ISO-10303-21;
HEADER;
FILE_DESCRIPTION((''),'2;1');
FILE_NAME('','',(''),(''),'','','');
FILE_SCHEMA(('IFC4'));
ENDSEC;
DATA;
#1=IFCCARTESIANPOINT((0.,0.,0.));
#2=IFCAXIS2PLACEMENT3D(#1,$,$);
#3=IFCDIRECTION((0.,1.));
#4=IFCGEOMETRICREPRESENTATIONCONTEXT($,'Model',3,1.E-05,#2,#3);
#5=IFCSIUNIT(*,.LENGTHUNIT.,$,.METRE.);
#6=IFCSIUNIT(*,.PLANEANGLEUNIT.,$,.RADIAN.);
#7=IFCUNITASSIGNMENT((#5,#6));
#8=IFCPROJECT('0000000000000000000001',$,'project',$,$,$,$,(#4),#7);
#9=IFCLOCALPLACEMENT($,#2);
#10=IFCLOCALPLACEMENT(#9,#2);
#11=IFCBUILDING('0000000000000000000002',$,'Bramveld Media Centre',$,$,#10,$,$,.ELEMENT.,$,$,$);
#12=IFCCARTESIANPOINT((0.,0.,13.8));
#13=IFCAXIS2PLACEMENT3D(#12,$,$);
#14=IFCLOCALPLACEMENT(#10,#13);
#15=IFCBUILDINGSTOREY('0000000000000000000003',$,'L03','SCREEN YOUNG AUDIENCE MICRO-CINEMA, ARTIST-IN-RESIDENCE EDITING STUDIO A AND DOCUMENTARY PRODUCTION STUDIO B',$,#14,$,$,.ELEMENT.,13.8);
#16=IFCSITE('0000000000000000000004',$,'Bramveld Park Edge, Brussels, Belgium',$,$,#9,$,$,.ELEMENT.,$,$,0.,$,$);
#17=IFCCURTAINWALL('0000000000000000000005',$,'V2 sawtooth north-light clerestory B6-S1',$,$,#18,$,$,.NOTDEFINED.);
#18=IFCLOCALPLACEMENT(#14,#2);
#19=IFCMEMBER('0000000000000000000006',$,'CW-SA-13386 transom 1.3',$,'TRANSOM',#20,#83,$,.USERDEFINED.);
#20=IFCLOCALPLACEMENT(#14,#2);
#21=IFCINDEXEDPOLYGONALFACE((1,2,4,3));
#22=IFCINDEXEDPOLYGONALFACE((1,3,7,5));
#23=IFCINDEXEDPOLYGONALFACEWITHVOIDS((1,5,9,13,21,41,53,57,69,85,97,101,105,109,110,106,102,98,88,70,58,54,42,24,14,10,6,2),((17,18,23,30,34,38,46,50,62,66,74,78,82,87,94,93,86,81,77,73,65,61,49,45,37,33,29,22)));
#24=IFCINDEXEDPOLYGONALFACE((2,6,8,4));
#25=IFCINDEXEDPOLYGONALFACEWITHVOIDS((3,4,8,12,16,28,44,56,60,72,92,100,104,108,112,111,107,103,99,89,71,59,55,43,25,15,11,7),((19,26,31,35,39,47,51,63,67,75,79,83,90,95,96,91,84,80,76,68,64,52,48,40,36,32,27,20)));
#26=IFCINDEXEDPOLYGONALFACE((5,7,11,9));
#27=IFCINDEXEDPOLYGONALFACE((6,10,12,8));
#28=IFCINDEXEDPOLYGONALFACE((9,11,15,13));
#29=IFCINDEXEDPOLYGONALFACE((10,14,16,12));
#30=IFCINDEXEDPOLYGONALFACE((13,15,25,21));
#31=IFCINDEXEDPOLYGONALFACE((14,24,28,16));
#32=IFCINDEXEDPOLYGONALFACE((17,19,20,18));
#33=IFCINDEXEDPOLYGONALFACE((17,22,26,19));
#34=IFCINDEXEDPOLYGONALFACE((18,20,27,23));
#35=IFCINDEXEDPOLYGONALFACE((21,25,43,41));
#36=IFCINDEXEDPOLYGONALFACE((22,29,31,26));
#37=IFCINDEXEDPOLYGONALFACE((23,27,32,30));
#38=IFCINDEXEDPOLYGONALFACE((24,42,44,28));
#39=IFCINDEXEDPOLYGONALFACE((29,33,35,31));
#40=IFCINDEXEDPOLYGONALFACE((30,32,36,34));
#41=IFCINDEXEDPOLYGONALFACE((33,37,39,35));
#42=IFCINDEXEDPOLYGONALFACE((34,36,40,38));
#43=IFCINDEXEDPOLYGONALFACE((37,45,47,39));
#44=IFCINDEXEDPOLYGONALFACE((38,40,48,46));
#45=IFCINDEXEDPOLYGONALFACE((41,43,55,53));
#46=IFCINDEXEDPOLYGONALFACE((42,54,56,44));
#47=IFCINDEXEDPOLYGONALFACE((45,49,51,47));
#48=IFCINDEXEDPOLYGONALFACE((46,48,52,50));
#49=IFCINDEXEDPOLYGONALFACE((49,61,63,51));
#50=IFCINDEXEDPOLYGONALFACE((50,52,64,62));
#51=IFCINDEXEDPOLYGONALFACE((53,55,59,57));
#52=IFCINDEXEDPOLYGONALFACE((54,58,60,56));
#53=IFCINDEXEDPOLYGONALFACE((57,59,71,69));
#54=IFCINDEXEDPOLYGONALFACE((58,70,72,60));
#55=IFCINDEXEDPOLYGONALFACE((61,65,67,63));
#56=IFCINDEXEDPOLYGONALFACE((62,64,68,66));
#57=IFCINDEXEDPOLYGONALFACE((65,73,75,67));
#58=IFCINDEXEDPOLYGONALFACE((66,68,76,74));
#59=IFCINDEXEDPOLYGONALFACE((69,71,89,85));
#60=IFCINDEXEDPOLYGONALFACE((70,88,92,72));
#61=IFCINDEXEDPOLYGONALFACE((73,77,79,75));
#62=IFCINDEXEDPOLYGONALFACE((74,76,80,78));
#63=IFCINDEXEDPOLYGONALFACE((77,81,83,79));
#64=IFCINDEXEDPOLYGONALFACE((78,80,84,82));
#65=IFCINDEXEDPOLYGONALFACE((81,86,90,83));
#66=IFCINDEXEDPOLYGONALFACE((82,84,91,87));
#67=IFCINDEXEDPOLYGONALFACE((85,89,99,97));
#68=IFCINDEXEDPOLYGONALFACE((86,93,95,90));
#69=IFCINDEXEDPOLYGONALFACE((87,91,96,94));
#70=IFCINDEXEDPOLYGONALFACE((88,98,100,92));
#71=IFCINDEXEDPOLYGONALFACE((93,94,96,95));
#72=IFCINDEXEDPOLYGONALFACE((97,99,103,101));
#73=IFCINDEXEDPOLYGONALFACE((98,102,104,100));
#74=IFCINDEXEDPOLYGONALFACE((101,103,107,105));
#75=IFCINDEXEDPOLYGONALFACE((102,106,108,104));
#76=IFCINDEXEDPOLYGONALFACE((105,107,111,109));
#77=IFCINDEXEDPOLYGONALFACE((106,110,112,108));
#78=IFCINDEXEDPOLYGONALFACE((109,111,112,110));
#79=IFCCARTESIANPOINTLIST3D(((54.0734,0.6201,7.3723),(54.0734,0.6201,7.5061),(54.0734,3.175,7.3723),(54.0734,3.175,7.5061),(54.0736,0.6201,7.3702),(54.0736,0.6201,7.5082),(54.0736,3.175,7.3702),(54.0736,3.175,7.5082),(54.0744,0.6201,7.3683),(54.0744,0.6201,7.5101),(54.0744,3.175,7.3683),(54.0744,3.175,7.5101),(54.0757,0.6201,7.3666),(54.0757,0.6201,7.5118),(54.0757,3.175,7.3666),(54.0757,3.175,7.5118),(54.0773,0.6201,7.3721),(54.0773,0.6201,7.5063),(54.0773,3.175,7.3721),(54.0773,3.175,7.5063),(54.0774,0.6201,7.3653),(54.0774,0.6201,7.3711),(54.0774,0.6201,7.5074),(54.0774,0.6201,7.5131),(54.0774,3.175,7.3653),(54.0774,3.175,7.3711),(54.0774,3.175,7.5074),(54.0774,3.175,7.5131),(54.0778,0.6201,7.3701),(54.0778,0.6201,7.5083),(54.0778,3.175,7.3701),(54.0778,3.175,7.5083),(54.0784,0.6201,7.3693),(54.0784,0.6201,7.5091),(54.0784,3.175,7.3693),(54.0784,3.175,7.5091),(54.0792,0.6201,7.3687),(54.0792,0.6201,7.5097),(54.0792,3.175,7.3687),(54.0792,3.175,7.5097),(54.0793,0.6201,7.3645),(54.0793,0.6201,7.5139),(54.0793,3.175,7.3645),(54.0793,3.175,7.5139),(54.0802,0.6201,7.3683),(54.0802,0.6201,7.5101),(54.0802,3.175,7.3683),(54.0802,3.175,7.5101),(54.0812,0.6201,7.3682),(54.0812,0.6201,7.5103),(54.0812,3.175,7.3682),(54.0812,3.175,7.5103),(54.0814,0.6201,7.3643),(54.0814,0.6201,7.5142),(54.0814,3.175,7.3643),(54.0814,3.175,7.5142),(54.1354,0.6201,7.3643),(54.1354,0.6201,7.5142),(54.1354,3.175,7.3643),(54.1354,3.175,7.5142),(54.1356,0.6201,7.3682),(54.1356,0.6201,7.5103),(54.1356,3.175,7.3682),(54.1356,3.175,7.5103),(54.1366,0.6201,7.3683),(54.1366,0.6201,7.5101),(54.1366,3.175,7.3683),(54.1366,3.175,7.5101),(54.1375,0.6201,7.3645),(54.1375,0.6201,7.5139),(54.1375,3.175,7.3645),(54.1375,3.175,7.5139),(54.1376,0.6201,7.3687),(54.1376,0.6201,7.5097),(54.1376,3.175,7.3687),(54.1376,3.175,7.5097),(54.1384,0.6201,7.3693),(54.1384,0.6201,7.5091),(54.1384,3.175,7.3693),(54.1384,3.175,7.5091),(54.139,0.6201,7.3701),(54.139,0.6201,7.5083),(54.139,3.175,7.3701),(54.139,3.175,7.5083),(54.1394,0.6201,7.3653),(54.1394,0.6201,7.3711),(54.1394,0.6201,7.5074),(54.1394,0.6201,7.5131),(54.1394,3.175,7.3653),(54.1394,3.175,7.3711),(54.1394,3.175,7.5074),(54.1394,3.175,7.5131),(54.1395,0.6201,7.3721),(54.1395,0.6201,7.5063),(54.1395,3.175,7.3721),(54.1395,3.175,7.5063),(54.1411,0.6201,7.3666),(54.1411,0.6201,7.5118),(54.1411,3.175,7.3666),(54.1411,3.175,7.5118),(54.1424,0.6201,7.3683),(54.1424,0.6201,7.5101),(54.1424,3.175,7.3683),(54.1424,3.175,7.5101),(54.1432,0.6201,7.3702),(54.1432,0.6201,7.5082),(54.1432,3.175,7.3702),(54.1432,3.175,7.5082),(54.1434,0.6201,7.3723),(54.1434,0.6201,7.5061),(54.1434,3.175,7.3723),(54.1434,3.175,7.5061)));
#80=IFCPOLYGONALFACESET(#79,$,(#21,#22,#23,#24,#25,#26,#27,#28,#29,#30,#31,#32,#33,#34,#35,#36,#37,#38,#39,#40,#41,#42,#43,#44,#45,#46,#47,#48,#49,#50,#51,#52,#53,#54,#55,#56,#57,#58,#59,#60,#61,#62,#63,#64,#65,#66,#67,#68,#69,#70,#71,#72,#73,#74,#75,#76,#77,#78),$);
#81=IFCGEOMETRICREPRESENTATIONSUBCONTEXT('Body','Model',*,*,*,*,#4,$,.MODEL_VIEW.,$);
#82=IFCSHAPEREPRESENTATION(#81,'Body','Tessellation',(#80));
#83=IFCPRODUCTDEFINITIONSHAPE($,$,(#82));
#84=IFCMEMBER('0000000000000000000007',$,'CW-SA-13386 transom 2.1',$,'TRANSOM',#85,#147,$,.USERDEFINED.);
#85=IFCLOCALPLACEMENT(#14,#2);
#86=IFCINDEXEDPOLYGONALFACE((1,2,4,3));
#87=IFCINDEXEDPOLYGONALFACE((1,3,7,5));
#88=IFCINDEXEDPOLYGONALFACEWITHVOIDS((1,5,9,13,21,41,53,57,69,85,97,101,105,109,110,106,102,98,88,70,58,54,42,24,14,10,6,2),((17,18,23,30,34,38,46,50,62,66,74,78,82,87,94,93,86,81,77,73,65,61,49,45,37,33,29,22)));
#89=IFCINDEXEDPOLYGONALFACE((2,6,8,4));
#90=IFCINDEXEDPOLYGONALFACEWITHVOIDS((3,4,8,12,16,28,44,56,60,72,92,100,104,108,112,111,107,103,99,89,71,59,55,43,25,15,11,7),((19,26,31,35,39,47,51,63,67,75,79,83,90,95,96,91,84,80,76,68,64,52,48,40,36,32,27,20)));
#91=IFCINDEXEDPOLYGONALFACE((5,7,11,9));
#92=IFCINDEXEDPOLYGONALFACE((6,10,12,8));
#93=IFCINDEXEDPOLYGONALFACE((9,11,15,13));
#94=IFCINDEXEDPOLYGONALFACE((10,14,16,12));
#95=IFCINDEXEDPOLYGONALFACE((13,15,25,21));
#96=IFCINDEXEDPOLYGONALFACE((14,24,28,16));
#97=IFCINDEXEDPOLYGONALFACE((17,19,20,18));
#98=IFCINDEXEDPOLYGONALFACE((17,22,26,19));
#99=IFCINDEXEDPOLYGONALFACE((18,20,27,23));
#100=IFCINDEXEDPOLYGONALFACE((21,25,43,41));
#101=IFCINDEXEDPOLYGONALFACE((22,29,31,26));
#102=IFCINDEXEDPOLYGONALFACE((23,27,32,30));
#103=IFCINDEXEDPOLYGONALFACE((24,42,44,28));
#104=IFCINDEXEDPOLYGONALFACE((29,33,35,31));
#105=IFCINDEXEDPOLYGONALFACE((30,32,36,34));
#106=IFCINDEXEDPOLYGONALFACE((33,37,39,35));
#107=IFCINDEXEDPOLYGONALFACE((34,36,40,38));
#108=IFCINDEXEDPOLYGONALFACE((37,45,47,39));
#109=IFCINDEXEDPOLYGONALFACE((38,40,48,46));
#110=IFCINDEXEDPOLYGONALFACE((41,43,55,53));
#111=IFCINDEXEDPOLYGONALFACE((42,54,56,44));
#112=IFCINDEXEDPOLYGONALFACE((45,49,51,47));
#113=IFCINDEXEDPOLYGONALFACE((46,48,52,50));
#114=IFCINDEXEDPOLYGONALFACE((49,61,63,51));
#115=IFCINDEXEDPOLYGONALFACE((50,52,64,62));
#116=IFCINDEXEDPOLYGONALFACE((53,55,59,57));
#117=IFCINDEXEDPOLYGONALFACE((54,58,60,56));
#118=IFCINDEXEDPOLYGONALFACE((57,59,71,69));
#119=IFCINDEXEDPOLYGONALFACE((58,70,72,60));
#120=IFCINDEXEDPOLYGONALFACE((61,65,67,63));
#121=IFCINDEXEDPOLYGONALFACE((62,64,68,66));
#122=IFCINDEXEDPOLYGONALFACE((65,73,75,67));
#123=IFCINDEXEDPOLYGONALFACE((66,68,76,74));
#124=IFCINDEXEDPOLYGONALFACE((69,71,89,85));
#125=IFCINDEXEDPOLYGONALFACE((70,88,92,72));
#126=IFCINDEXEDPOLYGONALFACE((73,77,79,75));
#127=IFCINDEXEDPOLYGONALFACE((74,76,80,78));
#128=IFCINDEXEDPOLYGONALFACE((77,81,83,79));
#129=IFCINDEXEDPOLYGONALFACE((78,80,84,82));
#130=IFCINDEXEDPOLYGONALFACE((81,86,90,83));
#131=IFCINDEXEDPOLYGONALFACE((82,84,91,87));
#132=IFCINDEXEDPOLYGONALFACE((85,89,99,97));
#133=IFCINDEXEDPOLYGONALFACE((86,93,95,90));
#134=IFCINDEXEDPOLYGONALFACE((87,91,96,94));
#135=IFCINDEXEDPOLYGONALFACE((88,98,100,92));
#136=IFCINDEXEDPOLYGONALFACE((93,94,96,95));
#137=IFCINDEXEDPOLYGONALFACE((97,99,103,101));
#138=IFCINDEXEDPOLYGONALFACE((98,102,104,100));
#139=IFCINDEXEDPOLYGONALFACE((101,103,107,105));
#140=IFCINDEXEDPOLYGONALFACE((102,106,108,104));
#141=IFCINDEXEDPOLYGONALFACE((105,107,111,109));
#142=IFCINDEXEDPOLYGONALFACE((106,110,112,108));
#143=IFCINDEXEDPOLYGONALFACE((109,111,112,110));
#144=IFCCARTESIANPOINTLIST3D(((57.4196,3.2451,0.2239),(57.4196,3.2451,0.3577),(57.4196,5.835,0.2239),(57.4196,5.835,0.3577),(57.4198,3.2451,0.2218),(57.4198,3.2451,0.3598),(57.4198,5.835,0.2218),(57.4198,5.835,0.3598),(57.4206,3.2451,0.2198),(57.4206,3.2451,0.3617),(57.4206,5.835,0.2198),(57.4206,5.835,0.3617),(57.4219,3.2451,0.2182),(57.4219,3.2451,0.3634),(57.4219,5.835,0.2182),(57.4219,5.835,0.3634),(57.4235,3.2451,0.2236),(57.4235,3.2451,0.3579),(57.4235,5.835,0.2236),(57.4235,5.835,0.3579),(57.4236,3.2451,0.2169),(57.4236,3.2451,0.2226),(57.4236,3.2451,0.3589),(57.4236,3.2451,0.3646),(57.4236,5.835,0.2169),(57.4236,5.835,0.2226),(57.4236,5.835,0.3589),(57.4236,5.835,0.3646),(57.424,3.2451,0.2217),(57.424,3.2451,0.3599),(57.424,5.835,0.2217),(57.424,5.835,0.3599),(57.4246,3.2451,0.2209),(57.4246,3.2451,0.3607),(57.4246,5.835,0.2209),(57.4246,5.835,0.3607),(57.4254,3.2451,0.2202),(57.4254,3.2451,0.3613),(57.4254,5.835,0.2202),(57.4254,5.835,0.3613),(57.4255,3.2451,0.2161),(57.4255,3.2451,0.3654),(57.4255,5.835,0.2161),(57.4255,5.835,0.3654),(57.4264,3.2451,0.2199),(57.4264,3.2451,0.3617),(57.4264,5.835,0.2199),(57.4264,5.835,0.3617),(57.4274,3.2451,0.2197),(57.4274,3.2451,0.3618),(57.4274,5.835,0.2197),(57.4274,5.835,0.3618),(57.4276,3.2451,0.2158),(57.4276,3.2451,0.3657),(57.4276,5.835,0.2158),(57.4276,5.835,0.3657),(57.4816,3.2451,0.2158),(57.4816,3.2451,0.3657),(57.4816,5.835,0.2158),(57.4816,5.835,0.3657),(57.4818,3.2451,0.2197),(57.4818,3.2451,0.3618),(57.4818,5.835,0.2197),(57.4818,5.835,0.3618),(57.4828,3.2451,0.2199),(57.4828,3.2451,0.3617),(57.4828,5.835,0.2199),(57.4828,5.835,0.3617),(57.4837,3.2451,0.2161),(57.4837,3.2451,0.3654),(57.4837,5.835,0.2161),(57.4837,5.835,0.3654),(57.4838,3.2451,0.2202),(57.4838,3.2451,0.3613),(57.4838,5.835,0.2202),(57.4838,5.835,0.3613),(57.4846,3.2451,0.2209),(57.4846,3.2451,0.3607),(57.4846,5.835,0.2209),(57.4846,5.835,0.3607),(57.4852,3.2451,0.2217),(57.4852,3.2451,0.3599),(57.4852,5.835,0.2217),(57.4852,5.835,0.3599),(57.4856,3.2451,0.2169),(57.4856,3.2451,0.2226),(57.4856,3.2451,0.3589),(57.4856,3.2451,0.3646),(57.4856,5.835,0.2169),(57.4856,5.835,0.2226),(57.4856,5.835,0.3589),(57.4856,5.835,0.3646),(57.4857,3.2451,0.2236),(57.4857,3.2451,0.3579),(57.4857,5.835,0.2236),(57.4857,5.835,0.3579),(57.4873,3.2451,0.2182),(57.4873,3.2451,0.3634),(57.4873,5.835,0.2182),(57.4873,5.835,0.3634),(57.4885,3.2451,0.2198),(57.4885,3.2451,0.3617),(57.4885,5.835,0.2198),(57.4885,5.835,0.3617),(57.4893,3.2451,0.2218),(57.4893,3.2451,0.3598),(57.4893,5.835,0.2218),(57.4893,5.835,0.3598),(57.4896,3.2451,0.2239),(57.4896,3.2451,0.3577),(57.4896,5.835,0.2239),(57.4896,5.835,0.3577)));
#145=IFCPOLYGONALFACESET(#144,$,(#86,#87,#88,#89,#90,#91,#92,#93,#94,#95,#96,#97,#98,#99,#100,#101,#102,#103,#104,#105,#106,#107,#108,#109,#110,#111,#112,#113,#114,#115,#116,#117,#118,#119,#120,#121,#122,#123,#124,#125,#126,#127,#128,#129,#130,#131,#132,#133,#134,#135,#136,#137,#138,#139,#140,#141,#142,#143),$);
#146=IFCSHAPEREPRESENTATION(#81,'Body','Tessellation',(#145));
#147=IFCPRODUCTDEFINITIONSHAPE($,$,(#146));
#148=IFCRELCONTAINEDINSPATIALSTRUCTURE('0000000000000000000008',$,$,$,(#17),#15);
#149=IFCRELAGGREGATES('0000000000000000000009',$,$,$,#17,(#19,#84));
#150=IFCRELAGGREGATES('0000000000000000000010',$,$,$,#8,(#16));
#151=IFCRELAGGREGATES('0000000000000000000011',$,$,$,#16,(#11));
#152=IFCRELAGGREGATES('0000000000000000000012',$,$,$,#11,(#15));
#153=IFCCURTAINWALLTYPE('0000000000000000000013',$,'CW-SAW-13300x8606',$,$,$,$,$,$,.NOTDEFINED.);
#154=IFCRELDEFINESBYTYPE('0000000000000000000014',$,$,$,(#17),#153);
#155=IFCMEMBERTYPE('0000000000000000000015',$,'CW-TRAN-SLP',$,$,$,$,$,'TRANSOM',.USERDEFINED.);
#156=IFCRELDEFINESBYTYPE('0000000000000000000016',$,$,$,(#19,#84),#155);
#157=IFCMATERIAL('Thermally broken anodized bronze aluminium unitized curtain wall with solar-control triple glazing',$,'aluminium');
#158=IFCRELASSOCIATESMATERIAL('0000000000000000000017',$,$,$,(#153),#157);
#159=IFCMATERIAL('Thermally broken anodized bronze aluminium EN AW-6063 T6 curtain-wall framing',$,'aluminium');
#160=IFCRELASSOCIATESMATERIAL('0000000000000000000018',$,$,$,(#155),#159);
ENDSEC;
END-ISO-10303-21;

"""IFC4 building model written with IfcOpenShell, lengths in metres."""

from ifc_helpers import new_model, si_unit, direction, frame, origin, origin_2d, place, context, subcontext, project, spatial, hollow_rectangle, extrude, material, material_profile, profile_set, type_object, element, aggregate, save


model = new_model("IFC4")

# Units and contexts
model_context = context("Model", 3, precision=1e-05, world=origin(), true_north=direction((0.0, 1.0)))
body_context = subcontext(model_context, "Body", "Model", "MODEL_VIEW")
ifc_project = project(units=[si_unit("LENGTHUNIT", "METRE"), si_unit("PLANEANGLEUNIT", "RADIAN")], contexts=[model_context])

# Site, building, storey
site_placement = place(None, origin())
site = spatial("IfcSite", under=ifc_project, at=site_placement, Name="Bramveld Park Edge, Brussels, Belgium", CompositionType="ELEMENT", RefElevation=0.0)
building_placement = place(site_placement, origin())
building = spatial("IfcBuilding", under=site, at=building_placement, Name="Bramveld Media Centre", CompositionType="ELEMENT")
storey_placement = place(building_placement, frame((0.0, 0.0, 13.8)))
storey = spatial("IfcBuildingStorey", under=building, at=storey_placement, Name="L03", Description="SCREEN YOUNG AUDIENCE MICRO-CINEMA, ARTIST-IN-RESIDENCE EDITING STUDIO A AND DOCUMENTARY PRODUCTION STUDIO B", CompositionType="ELEMENT", Elevation=13.8)

# Curtain wall, members
ifc_material_1 = material(Name="Thermally broken anodized bronze aluminium unitized curtain wall with solar-control triple glazing", Category="aluminium")
curtain_wall_type = type_object("IfcCurtainWallType", Name="CW-SAW-13300x8606", PredefinedType="NOTDEFINED", material=ifc_material_1)
curtain_wall_placement = place(storey_placement, origin())
curtain_wall = element("IfcCurtainWall", 1, at=curtain_wall_placement, inside=storey, type_object=curtain_wall_type, Name="V2 sawtooth north-light clerestory B6-S1", PredefinedType="NOTDEFINED")
ifc_material_2 = material(Name="Thermally broken anodized bronze aluminium EN AW-6063 T6 curtain-wall framing", Category="aluminium")
ifc_material_profile_1 = material_profile(ifc_material_2, hollow_rectangle(XDim=0.0701, YDim=0.1499, WallThickness=0.0039, InnerFilletRadius=0.0039, OuterFilletRadius=0.0081, at=origin_2d()), Name="AL-TRAN 70x150")
ifc_profile_set_1 = profile_set([ifc_material_profile_1], Name="Thermally broken anodized bronze aluminium EN AW-6063 T6 curtain-wall framing")
member_type_1 = type_object("IfcMemberType", Name="CW-TRAN-SLP", ElementType="TRANSOM", PredefinedType="USERDEFINED", material=ifc_profile_set_1)
member_1_placement = place(storey_placement, frame((54.1084, 0.6201, 7.4392), z_axis=(0.0, 1.0, 0.0), x_axis=(-1.0, 0.0, 0.0)))
member_1 = element("IfcMember", 2, at=member_1_placement, type_object=member_type_1, Name="CW-SA-13386 transom 1.3", ObjectType="TRANSOM", PredefinedType="USERDEFINED", context=body_context, shape_type="SweptSolid", body=[
    extrude(hollow_rectangle(XDim=0.0701, YDim=0.1499, WallThickness=0.0039, InnerFilletRadius=0.0039, OuterFilletRadius=0.0081, at=origin_2d()), origin(), (0.0, 0.0, 1.0), 2.5549),
])
member_2_placement = place(storey_placement, frame((57.4546, 3.2451, 0.2908), z_axis=(0.0, 1.0, 0.0), x_axis=(-1.0, 0.0, 0.0)))
member_2 = element("IfcMember", 3, at=member_2_placement, type_object=member_type_1, Name="CW-SA-13386 transom 2.1", ObjectType="TRANSOM", PredefinedType="USERDEFINED", context=body_context, shape_type="SweptSolid", body=[
    extrude(hollow_rectangle(XDim=0.0701, YDim=0.1499, WallThickness=0.0039, InnerFilletRadius=0.0039, OuterFilletRadius=0.0081, at=origin_2d()), origin(), (0.0, 0.0, 1.0), 2.5898),
])

aggregate(curtain_wall, [member_1, member_2])

save(model, "model.ifc")
